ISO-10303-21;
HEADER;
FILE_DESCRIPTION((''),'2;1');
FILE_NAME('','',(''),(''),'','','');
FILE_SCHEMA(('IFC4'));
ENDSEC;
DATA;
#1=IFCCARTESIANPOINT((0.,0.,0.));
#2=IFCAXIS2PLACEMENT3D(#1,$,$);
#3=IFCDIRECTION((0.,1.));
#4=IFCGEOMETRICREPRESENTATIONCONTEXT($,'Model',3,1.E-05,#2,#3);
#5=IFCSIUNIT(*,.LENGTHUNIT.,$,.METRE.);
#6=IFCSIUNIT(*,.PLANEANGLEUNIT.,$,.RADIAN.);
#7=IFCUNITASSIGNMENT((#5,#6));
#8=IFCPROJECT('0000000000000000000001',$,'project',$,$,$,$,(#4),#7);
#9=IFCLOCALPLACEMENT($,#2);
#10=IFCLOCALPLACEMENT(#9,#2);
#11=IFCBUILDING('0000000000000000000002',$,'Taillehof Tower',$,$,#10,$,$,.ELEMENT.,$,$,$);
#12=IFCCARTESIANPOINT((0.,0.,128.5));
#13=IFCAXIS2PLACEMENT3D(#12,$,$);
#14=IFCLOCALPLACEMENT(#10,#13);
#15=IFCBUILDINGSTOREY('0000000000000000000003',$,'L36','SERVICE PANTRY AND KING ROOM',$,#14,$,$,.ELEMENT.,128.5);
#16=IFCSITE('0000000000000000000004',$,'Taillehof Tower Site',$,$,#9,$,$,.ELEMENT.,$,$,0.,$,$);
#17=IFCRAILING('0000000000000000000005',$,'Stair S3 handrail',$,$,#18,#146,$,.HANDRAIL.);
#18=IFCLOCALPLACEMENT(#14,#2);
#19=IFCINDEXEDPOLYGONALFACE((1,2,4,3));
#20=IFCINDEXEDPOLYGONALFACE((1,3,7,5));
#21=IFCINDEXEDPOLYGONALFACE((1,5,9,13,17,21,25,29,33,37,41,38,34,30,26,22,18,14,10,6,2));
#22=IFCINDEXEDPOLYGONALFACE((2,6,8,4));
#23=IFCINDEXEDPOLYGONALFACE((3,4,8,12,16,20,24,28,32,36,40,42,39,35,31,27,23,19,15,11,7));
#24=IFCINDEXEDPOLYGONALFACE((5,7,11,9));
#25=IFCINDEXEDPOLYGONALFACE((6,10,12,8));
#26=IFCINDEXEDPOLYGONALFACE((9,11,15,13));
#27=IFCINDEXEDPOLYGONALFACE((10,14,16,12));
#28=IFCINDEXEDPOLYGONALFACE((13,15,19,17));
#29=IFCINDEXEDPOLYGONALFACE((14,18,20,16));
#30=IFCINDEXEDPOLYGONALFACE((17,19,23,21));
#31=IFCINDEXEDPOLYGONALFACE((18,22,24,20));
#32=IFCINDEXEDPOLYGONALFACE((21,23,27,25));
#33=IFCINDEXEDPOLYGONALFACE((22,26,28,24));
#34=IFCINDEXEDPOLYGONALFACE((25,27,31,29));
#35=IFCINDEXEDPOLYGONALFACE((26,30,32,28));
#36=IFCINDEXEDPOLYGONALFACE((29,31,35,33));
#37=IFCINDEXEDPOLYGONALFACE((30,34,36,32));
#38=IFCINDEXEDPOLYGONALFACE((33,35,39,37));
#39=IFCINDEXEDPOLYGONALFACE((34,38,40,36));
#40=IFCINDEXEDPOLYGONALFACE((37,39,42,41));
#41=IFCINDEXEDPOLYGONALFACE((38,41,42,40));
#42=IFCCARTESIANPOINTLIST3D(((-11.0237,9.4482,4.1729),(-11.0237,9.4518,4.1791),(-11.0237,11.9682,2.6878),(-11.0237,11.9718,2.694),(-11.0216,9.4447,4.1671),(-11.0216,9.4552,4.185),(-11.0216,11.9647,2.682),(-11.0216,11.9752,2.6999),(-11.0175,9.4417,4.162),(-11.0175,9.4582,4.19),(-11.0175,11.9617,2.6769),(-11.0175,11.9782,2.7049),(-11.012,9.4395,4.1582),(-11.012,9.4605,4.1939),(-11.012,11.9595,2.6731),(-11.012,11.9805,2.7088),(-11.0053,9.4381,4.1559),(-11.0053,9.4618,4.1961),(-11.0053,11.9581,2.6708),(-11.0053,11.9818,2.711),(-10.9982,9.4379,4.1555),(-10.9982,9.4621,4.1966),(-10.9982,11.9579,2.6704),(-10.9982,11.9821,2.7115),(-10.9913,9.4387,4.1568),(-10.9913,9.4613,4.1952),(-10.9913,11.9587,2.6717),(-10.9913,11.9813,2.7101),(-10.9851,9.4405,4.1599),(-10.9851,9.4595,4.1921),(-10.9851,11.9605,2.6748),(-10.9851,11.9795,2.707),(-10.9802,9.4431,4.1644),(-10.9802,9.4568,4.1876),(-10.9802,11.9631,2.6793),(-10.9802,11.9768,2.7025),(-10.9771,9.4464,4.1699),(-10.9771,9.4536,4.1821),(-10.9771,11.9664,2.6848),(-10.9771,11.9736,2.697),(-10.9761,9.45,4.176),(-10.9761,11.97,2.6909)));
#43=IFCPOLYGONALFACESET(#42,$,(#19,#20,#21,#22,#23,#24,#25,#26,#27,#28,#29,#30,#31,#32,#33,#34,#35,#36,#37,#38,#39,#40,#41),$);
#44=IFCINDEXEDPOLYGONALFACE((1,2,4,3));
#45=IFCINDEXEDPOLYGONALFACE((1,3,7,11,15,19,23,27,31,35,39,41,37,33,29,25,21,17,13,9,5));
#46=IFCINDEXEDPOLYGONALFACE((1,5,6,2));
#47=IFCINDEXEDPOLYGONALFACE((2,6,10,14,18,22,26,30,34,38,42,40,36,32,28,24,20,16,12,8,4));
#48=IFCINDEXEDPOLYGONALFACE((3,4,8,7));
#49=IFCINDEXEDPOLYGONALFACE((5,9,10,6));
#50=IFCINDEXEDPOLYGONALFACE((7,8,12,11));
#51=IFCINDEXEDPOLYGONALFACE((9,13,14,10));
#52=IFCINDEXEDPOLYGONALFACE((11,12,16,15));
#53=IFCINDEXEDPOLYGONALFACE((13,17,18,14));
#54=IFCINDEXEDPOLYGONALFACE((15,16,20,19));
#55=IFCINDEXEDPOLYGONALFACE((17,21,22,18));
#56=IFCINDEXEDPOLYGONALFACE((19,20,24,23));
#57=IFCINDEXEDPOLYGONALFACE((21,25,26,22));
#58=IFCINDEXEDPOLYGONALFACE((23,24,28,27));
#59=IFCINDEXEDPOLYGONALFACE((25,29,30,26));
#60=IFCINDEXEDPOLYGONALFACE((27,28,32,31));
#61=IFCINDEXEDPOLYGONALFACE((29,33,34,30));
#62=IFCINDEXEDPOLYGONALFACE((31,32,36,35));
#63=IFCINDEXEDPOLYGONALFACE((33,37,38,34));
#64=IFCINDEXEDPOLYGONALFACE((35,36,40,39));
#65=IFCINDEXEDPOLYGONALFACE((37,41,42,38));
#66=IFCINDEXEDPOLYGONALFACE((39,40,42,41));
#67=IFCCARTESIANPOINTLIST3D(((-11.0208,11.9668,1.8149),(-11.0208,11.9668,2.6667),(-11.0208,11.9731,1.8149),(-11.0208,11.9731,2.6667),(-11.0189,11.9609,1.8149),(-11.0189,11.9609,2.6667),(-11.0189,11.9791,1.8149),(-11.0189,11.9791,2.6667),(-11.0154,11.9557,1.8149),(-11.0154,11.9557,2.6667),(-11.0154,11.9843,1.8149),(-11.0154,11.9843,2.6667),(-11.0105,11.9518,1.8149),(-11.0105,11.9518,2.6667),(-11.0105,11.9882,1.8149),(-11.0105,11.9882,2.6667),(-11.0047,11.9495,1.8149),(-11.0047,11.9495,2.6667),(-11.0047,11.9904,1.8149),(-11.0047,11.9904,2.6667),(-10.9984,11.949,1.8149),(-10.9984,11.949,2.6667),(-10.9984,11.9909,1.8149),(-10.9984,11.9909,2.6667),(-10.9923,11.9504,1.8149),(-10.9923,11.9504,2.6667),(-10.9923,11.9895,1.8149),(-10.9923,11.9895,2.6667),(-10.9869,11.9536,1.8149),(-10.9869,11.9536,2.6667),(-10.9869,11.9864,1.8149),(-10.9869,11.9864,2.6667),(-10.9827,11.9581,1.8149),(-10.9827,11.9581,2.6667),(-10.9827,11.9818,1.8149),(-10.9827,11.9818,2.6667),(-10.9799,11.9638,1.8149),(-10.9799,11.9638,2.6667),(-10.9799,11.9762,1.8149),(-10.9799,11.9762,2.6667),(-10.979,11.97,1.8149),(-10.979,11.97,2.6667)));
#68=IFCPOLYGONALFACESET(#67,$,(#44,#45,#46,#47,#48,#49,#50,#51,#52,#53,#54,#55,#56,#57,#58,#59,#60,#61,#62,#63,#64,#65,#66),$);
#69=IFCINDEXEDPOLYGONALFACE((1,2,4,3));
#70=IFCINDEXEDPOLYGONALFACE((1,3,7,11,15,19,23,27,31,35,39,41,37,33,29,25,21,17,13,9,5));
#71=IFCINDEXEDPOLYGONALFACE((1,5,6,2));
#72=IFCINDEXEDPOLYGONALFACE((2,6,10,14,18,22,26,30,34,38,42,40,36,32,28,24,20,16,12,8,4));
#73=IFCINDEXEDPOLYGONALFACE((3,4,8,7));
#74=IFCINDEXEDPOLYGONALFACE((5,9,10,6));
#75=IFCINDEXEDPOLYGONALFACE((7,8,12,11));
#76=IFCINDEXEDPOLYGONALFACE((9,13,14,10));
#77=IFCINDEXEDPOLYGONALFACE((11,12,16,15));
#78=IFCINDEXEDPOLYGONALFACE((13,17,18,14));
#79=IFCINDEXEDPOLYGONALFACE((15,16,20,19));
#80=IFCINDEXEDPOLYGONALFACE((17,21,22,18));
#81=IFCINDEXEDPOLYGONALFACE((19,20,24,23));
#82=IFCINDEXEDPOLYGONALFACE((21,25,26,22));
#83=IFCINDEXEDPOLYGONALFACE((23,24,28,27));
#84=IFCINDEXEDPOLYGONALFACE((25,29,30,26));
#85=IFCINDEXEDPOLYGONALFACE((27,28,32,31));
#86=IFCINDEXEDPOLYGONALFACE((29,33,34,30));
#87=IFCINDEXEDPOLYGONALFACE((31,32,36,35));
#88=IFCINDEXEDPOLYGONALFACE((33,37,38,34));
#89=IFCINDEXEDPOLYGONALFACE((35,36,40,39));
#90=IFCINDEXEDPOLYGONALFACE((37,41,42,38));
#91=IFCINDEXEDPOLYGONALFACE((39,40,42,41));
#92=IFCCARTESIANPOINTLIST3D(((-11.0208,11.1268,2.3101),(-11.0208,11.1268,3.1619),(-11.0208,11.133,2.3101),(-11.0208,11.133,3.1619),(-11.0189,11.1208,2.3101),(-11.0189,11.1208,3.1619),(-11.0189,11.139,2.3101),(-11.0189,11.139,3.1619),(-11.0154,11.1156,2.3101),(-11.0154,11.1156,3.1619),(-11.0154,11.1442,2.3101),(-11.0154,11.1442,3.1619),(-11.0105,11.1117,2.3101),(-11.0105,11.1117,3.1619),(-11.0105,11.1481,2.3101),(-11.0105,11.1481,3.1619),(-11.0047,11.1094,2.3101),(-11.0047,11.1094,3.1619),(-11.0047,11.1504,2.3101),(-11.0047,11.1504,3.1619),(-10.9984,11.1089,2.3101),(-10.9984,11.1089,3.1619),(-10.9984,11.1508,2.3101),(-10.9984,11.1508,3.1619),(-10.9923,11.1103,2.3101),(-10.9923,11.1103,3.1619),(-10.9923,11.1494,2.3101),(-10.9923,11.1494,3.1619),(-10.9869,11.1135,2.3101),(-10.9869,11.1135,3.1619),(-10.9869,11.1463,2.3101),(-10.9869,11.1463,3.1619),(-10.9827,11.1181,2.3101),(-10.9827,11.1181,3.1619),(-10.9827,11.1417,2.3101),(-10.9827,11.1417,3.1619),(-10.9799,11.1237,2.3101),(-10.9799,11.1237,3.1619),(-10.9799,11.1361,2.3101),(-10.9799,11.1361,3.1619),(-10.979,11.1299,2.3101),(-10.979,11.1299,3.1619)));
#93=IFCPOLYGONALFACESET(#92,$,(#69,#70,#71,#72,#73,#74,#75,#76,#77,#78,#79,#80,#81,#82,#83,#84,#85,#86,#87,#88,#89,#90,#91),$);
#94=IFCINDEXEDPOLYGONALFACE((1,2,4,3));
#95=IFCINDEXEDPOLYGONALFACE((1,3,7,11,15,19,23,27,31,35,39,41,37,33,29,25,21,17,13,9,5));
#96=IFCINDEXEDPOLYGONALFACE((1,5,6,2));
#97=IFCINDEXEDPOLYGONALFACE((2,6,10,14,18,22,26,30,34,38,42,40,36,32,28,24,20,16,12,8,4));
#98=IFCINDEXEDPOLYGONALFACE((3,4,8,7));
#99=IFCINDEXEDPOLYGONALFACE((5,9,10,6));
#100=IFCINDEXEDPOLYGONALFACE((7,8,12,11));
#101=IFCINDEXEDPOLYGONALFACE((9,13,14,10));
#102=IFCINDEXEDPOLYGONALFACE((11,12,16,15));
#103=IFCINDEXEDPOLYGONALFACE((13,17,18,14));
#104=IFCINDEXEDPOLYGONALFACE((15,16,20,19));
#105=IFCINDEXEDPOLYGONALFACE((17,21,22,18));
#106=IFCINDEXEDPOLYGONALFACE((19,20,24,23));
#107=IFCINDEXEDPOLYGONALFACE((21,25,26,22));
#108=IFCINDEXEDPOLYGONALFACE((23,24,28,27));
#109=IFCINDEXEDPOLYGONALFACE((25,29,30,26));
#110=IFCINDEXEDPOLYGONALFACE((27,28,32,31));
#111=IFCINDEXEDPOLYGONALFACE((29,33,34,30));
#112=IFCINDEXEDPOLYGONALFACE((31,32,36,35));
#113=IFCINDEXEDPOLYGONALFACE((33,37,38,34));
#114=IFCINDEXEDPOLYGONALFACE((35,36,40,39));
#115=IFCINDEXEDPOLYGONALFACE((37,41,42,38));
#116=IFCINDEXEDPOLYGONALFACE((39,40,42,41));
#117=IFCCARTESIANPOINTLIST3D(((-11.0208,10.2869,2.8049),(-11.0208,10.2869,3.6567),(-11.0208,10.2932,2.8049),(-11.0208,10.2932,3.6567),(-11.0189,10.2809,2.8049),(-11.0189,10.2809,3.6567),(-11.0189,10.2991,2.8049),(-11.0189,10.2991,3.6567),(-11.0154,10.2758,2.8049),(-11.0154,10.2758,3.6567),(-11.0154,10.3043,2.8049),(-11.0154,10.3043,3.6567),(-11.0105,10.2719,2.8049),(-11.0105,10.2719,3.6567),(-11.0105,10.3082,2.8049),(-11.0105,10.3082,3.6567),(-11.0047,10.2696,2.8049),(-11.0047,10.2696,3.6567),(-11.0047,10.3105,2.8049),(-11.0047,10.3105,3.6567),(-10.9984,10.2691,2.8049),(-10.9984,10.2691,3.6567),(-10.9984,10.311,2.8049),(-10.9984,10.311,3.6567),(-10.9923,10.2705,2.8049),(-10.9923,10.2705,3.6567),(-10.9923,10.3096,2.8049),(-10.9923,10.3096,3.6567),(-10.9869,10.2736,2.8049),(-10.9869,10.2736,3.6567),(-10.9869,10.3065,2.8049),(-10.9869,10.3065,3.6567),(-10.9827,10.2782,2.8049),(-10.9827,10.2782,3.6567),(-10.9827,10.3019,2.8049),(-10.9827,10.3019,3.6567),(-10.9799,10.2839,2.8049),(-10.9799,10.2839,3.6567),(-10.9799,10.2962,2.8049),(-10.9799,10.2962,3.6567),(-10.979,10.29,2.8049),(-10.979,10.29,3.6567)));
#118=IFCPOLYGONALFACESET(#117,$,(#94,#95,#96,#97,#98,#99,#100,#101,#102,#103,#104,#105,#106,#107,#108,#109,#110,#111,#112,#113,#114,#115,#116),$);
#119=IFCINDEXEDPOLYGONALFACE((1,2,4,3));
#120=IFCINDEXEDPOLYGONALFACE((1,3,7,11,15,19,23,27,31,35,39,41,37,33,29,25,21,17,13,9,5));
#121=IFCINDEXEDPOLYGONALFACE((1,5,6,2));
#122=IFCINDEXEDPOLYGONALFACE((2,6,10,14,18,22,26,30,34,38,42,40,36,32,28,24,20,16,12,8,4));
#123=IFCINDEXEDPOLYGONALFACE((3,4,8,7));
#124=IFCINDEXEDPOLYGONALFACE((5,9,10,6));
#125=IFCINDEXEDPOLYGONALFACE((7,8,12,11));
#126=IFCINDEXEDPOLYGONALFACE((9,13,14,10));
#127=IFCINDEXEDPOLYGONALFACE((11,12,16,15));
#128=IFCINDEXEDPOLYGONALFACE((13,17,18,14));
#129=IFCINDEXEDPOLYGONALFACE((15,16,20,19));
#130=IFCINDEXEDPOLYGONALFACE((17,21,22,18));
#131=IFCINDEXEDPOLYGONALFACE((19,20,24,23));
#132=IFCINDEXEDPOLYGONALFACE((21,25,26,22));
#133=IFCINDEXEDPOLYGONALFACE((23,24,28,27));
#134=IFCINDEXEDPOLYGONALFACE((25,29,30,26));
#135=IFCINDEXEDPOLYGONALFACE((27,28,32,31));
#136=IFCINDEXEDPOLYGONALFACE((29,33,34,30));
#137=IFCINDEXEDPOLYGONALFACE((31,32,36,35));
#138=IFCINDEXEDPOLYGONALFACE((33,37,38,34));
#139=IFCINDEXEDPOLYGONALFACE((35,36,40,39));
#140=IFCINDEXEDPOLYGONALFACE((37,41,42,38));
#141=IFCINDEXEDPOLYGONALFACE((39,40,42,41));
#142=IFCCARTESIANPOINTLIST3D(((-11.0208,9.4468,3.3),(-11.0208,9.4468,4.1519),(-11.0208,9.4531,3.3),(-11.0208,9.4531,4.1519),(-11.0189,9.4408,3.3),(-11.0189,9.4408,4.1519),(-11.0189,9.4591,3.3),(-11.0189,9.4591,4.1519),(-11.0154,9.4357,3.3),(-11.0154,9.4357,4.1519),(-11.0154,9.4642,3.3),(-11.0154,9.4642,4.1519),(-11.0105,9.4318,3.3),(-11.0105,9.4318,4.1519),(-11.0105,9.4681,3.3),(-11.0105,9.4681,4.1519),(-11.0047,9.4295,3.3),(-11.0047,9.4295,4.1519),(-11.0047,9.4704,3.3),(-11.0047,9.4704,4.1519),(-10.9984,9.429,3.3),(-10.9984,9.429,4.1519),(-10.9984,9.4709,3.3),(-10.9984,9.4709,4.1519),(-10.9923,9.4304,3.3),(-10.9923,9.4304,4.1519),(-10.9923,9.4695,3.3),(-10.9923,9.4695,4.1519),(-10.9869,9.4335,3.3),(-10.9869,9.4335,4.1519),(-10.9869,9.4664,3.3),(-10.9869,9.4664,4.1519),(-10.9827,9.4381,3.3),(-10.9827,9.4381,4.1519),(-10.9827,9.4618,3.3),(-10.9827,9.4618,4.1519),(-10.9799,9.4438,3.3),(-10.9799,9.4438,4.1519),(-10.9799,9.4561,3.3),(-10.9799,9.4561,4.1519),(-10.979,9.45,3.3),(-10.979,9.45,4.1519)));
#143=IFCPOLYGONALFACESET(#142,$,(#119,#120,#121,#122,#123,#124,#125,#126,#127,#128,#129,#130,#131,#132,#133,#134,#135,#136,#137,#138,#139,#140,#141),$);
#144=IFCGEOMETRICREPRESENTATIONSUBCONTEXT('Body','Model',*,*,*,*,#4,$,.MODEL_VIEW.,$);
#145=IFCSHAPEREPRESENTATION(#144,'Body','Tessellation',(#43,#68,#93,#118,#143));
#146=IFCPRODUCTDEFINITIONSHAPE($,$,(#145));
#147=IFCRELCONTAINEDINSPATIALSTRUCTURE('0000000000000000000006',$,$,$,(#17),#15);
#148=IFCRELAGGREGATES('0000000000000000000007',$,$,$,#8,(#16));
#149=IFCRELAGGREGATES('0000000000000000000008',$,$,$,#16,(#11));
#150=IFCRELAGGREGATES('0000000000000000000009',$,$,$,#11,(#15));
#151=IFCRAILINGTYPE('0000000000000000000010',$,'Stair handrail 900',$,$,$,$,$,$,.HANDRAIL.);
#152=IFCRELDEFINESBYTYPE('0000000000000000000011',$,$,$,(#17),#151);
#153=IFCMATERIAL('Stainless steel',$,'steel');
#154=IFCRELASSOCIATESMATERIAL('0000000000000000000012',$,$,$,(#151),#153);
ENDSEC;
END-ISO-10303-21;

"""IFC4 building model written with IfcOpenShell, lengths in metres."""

from ifc_helpers import new_model, si_unit, direction, frame, origin, origin_2d, place, context, subcontext, project, spatial, circle, extrude, material, type_object, element, save


model = new_model("IFC4")

# Units and contexts
model_context = context("Model", 3, precision=1e-05, world=origin(), true_north=direction((0.0, 1.0)))
body_context = subcontext(model_context, "Body", "Model", "MODEL_VIEW")
ifc_project = project(units=[si_unit("LENGTHUNIT", "METRE"), si_unit("PLANEANGLEUNIT", "RADIAN")], contexts=[model_context])

# Site, building, storey
site_placement = place(None, origin())
site = spatial("IfcSite", under=ifc_project, at=site_placement, Name="Taillehof Tower Site", CompositionType="ELEMENT", RefElevation=0.0)
building_placement = place(site_placement, origin())
building = spatial("IfcBuilding", under=site, at=building_placement, Name="Taillehof Tower", CompositionType="ELEMENT")
storey_placement = place(building_placement, frame((0.0, 0.0, 128.5)))
storey = spatial("IfcBuildingStorey", under=building, at=storey_placement, Name="L36", Description="SERVICE PANTRY AND KING ROOM", CompositionType="ELEMENT", Elevation=128.5)

# Railing
ifc_material_1 = material(Name="Stainless steel", Category="steel")
railing_type = type_object("IfcRailingType", Name="Stair handrail 900", PredefinedType="HANDRAIL", material=ifc_material_1)
railing_placement = place(storey_placement, frame((-11.0, 11.97, 1.8149)))
element("IfcRailing", 1, at=railing_placement, inside=storey, type_object=railing_type, Name="Stair S3 handrail", PredefinedType="HANDRAIL", context=body_context, shape_type="SweptSolid", body=[
    extrude(circle(Radius=0.0239, at=origin_2d()), frame((0.0, 0.0, 0.876), z_axis=(0.0, -0.861524, 0.507717), x_axis=(1.0, 0.0, 0.0)), (0.0, 0.0, 1.0), 2.925),
    extrude(circle(Radius=0.021, at=origin_2d()), origin(), (0.0, 0.0, 1.0), 0.8518),
    extrude(circle(Radius=0.021, at=origin_2d()), frame((0.0, -0.8401, 0.4951)), (0.0, 0.0, 1.0), 0.8518),
    extrude(circle(Radius=0.021, at=origin_2d()), frame((0.0, -1.6799, 0.99)), (0.0, 0.0, 1.0), 0.8518),
    extrude(circle(Radius=0.021, at=origin_2d()), frame((0.0, -2.52, 1.4851)), (0.0, 0.0, 1.0), 0.8518),
])

save(model, "model.ifc")
